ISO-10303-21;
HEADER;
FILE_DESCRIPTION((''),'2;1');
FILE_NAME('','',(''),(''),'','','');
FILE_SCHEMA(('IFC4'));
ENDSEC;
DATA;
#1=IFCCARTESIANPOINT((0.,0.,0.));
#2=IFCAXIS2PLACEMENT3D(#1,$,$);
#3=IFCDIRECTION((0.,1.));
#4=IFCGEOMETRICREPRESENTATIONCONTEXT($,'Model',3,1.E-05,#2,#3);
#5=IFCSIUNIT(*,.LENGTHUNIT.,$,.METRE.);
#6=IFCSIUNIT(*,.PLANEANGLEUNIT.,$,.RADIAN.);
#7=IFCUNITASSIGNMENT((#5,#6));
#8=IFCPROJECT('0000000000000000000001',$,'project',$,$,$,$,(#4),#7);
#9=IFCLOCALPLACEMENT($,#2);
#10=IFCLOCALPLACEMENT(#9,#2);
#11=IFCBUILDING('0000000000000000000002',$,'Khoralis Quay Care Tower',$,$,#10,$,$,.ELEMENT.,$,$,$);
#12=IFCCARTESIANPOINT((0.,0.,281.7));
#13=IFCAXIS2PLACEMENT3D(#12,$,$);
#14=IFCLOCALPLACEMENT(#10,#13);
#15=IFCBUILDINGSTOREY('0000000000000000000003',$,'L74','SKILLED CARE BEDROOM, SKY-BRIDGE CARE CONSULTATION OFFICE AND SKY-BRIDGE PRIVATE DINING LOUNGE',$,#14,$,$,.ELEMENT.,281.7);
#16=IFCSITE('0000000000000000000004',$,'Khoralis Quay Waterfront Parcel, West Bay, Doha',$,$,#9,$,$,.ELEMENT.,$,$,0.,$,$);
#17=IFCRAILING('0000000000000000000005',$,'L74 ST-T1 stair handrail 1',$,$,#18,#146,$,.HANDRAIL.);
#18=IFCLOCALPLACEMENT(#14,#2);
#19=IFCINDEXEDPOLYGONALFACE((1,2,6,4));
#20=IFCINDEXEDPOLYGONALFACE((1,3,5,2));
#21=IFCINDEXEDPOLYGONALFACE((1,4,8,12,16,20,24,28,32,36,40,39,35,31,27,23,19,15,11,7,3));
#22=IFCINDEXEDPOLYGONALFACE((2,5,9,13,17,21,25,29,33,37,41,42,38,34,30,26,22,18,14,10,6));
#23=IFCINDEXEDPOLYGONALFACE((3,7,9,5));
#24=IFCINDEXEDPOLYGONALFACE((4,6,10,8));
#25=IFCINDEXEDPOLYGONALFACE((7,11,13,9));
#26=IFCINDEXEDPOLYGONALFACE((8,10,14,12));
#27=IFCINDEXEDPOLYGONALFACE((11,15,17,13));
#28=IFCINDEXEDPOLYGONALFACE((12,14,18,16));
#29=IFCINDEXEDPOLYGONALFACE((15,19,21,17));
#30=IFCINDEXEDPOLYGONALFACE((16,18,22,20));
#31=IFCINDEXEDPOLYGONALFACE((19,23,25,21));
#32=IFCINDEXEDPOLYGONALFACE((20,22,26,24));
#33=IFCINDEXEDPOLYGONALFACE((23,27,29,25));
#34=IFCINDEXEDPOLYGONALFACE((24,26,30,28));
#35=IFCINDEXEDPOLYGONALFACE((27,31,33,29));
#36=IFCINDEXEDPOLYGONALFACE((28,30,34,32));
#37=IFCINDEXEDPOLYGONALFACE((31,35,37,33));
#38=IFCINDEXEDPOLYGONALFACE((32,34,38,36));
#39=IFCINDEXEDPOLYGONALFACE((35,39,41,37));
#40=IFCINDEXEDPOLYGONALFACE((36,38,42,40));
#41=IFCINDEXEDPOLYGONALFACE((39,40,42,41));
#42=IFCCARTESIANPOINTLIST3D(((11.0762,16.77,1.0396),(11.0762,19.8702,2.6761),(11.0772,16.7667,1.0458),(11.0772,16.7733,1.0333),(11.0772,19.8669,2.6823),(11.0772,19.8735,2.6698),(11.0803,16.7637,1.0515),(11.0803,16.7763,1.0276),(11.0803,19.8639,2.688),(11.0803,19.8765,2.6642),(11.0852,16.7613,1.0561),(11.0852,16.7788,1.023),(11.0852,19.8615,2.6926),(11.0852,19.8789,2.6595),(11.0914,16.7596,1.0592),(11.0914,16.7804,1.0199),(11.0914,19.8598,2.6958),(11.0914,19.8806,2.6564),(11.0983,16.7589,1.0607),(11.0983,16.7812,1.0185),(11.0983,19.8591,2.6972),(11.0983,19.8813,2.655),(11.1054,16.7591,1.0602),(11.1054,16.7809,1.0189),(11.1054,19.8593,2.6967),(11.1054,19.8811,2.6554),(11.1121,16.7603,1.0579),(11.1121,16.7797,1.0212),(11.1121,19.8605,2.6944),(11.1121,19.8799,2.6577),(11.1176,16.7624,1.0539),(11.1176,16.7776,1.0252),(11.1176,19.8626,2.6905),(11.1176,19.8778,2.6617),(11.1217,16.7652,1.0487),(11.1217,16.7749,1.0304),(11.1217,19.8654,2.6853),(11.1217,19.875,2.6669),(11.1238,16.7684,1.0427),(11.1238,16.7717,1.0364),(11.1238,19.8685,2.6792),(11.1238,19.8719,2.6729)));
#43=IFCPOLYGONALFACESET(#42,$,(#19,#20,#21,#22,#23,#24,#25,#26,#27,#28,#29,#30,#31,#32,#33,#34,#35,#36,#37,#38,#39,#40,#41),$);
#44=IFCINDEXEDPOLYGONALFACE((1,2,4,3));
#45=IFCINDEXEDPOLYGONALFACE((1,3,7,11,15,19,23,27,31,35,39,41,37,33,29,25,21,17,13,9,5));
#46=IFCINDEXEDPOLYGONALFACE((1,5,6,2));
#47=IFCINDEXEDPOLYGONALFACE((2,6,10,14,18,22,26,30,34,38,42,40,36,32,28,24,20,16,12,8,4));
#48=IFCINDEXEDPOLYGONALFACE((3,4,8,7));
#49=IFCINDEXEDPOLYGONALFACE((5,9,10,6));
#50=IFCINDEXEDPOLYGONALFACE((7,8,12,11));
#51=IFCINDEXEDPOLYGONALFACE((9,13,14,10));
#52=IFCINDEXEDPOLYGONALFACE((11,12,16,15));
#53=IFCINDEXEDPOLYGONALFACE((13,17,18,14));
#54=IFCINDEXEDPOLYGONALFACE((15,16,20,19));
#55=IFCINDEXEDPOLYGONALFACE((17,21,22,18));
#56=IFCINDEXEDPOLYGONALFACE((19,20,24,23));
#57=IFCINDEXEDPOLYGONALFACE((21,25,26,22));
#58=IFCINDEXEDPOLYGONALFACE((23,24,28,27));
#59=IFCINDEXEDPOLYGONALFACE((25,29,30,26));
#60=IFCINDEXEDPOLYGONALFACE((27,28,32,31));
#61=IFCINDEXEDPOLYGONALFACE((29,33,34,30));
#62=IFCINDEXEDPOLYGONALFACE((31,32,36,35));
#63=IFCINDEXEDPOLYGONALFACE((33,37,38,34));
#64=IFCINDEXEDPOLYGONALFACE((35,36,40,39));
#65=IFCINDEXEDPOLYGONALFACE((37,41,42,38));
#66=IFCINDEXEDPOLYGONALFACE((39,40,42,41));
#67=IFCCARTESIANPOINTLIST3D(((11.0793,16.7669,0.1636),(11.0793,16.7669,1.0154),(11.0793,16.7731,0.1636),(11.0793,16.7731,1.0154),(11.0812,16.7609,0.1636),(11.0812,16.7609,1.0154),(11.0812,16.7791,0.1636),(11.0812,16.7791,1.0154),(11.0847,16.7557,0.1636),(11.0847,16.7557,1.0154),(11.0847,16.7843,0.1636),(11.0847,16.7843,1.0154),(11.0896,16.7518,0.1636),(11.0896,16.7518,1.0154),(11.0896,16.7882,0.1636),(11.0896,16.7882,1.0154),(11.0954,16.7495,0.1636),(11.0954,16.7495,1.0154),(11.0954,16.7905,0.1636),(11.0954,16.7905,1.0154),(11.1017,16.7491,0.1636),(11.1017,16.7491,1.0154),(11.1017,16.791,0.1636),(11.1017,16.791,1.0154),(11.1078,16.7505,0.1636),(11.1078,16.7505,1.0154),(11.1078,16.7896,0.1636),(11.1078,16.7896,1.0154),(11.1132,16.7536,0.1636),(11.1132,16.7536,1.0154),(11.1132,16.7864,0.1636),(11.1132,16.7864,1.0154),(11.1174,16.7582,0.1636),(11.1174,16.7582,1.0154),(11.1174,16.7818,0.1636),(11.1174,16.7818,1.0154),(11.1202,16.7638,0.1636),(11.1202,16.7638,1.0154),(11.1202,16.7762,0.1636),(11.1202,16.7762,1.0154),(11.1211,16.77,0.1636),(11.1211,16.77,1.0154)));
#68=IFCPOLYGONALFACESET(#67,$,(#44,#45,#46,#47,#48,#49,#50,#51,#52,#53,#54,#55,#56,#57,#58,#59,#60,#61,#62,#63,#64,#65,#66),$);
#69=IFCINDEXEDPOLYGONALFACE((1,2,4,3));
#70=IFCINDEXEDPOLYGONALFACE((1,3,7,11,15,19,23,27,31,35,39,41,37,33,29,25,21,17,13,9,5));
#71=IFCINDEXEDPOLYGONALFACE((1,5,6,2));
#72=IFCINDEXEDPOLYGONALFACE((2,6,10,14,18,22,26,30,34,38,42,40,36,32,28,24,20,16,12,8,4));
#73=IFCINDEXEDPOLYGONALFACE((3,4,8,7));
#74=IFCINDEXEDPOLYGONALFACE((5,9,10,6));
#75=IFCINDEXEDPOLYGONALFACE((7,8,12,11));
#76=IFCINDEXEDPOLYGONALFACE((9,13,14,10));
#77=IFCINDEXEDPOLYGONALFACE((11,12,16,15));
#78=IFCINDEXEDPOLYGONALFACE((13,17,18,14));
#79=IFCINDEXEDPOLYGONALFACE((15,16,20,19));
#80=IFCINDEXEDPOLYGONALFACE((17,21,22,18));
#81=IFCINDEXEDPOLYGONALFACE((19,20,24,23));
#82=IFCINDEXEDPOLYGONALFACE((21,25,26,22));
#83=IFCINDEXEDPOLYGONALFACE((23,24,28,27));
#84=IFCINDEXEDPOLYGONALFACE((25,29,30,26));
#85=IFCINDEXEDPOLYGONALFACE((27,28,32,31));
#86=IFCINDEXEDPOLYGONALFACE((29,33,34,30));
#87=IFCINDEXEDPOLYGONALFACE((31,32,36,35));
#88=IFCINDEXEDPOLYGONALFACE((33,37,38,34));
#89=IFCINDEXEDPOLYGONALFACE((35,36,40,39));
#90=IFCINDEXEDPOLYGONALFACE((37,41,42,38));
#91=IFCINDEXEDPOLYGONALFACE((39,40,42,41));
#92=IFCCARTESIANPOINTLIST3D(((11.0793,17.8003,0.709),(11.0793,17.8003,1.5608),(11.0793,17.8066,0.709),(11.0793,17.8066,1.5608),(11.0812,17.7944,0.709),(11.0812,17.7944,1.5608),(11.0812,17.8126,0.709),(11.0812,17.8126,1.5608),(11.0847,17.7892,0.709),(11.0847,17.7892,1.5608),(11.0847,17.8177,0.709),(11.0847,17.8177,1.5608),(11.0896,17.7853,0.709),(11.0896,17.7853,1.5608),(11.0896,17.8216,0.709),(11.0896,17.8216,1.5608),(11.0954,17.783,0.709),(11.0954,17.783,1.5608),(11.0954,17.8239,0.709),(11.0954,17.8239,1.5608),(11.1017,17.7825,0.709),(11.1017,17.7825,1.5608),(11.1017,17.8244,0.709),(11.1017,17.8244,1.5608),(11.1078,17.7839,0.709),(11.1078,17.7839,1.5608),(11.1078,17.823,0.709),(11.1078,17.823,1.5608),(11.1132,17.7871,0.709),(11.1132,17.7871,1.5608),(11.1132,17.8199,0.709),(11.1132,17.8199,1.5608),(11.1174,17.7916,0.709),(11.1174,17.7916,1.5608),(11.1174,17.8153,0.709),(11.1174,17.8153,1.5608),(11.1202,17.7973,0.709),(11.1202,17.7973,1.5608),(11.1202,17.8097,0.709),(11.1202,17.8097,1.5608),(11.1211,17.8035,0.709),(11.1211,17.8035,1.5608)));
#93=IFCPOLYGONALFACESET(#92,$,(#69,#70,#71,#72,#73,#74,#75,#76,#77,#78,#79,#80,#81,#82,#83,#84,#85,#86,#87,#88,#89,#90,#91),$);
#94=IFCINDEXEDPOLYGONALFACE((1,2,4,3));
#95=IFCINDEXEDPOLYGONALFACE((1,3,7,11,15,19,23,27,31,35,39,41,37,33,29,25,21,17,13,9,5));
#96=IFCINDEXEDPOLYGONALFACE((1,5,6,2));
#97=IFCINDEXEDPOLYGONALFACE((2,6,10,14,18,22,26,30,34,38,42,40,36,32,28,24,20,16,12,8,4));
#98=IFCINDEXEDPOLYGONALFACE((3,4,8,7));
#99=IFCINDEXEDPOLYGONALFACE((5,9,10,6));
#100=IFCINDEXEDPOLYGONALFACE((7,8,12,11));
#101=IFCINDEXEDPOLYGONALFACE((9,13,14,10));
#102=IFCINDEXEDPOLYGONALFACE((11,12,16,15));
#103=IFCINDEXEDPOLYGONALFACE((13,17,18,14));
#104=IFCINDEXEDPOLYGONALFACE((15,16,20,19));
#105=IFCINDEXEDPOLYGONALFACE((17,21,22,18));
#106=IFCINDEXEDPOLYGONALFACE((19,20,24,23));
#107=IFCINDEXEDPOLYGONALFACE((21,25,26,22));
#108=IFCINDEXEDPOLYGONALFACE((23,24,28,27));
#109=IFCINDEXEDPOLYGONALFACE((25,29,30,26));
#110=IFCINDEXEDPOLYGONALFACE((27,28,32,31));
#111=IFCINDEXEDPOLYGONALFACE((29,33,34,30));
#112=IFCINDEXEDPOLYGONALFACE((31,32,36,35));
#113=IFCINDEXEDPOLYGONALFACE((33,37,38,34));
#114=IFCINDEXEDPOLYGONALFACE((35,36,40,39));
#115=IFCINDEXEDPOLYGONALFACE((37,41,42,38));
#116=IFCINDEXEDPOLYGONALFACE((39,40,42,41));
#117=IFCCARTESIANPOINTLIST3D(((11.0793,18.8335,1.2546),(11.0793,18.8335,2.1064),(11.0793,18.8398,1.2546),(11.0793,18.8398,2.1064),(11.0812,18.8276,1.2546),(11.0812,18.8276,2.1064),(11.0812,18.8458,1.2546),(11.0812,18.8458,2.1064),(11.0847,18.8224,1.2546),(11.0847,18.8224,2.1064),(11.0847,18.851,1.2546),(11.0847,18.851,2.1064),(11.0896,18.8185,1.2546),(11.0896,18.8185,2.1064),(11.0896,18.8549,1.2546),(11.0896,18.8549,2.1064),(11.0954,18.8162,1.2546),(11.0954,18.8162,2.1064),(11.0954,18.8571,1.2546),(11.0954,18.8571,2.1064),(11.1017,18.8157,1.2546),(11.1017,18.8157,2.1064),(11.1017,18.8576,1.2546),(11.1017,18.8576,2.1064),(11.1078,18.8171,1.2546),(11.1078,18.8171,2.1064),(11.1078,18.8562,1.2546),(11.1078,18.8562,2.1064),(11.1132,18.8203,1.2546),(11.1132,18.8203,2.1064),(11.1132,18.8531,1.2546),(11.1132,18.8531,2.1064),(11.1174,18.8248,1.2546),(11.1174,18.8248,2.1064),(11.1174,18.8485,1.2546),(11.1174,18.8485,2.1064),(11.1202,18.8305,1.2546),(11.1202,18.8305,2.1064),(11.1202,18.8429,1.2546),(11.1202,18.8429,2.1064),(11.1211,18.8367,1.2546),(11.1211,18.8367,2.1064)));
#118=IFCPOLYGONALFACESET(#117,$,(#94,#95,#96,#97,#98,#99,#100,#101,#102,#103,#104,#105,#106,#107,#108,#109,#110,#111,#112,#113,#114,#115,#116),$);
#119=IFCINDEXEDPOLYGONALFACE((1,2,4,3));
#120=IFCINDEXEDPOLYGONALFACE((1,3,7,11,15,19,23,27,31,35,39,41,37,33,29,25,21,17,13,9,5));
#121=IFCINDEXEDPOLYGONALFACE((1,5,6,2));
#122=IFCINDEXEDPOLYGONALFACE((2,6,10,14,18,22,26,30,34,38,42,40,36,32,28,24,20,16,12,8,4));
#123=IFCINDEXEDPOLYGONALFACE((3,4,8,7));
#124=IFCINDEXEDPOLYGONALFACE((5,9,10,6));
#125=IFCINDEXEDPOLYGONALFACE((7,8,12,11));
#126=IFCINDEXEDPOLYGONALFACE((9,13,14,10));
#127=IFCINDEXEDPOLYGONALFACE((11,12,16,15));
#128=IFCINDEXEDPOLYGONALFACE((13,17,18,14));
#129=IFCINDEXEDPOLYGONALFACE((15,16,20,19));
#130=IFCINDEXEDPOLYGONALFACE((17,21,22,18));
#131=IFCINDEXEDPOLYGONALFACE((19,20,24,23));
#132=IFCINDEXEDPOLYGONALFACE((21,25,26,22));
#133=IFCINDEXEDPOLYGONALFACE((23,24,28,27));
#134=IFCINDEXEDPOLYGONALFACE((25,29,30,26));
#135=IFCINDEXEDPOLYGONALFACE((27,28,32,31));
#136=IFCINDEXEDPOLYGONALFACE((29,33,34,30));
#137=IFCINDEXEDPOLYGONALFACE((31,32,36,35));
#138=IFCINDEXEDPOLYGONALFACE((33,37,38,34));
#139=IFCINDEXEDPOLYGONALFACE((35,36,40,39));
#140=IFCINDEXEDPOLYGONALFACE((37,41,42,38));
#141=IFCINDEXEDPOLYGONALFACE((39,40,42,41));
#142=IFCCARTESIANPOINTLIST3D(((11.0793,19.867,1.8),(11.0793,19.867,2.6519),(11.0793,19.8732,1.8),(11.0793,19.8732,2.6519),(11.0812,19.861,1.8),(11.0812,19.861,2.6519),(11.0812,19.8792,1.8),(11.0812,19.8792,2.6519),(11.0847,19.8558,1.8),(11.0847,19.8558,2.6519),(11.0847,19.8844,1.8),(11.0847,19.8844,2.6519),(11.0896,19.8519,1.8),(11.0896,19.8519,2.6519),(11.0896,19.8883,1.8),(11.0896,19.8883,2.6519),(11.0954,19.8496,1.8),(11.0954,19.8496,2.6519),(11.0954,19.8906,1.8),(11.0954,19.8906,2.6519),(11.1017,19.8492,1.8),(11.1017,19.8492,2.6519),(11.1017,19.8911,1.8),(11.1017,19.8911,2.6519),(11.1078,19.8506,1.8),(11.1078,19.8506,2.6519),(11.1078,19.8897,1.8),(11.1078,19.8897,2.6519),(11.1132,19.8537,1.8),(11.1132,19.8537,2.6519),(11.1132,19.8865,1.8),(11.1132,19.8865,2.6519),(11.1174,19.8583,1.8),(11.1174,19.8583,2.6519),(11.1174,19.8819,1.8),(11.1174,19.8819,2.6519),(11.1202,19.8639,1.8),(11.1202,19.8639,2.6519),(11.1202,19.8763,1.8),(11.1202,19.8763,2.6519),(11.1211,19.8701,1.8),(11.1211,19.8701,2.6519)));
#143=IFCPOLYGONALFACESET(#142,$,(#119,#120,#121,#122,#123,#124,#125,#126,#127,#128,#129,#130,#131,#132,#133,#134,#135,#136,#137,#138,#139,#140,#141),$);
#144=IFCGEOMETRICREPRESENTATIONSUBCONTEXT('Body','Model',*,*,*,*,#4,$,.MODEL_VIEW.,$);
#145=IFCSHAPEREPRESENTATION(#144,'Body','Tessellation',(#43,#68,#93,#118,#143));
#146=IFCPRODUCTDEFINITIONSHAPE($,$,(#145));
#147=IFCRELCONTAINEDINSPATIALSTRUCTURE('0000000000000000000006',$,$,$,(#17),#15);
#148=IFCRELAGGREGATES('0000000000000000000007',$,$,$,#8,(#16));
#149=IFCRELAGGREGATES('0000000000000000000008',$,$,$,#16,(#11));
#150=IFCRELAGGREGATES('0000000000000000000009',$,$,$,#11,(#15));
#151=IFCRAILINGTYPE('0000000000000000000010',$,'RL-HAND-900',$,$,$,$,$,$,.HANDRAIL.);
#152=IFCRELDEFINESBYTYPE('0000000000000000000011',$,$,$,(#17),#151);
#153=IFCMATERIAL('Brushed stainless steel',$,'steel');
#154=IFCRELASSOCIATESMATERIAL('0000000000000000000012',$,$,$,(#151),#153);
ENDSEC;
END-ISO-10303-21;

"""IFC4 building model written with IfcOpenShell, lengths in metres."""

from ifc_helpers import new_model, si_unit, direction, frame, origin, origin_2d, place, context, subcontext, project, spatial, circle, extrude, material, type_object, element, save


model = new_model("IFC4")

# Units and contexts
model_context = context("Model", 3, precision=1e-05, world=origin(), true_north=direction((0.0, 1.0)))
body_context = subcontext(model_context, "Body", "Model", "MODEL_VIEW")
ifc_project = project(units=[si_unit("LENGTHUNIT", "METRE"), si_unit("PLANEANGLEUNIT", "RADIAN")], contexts=[model_context])

# Site, building, storey
site_placement = place(None, origin())
site = spatial("IfcSite", under=ifc_project, at=site_placement, Name="Khoralis Quay Waterfront Parcel, West Bay, Doha", CompositionType="ELEMENT", RefElevation=0.0)
building_placement = place(site_placement, origin())
building = spatial("IfcBuilding", under=site, at=building_placement, Name="Khoralis Quay Care Tower", CompositionType="ELEMENT")
storey_placement = place(building_placement, frame((0.0, 0.0, 281.7)))
storey = spatial("IfcBuildingStorey", under=building, at=storey_placement, Name="L74", Description="SKILLED CARE BEDROOM, SKY-BRIDGE CARE CONSULTATION OFFICE AND SKY-BRIDGE PRIVATE DINING LOUNGE", CompositionType="ELEMENT", Elevation=281.7)

# Shared definitions
ifc_material_1 = material(Name="Brushed stainless steel", Category="steel")

# Railing
railing_type_1 = type_object("IfcRailingType", Name="RL-HAND-900", PredefinedType="HANDRAIL", material=ifc_material_1)
railing_1_placement = place(storey_placement, frame((11.1001, 16.77, 0.1636)))
element("IfcRailing", 1, at=railing_1_placement, inside=storey, type_object=railing_type_1, Name="L74 ST-T1 stair handrail 1", PredefinedType="HANDRAIL", context=body_context, shape_type="SweptSolid", body=[
    extrude(circle(Radius=0.0239, at=origin_2d()), frame((0.0, 0.0, 0.876), z_axis=(0.0, 0.884348, 0.466828), x_axis=(-1.0, 0.0, 0.0)), (0.0, 0.0, 1.0), 3.5056),
    extrude(circle(Radius=0.021, at=origin_2d()), origin(), (0.0, 0.0, 1.0), 0.8518),
    extrude(circle(Radius=0.021, at=origin_2d()), frame((0.0, 1.0334, 0.5454)), (0.0, 0.0, 1.0), 0.8518),
    extrude(circle(Radius=0.021, at=origin_2d()), frame((0.0, 2.0667, 1.0911)), (0.0, 0.0, 1.0), 0.8518),
    extrude(circle(Radius=0.021, at=origin_2d()), frame((0.0, 3.1001, 1.6365)), (0.0, 0.0, 1.0), 0.8518),
])

save(model, "model.ifc")
